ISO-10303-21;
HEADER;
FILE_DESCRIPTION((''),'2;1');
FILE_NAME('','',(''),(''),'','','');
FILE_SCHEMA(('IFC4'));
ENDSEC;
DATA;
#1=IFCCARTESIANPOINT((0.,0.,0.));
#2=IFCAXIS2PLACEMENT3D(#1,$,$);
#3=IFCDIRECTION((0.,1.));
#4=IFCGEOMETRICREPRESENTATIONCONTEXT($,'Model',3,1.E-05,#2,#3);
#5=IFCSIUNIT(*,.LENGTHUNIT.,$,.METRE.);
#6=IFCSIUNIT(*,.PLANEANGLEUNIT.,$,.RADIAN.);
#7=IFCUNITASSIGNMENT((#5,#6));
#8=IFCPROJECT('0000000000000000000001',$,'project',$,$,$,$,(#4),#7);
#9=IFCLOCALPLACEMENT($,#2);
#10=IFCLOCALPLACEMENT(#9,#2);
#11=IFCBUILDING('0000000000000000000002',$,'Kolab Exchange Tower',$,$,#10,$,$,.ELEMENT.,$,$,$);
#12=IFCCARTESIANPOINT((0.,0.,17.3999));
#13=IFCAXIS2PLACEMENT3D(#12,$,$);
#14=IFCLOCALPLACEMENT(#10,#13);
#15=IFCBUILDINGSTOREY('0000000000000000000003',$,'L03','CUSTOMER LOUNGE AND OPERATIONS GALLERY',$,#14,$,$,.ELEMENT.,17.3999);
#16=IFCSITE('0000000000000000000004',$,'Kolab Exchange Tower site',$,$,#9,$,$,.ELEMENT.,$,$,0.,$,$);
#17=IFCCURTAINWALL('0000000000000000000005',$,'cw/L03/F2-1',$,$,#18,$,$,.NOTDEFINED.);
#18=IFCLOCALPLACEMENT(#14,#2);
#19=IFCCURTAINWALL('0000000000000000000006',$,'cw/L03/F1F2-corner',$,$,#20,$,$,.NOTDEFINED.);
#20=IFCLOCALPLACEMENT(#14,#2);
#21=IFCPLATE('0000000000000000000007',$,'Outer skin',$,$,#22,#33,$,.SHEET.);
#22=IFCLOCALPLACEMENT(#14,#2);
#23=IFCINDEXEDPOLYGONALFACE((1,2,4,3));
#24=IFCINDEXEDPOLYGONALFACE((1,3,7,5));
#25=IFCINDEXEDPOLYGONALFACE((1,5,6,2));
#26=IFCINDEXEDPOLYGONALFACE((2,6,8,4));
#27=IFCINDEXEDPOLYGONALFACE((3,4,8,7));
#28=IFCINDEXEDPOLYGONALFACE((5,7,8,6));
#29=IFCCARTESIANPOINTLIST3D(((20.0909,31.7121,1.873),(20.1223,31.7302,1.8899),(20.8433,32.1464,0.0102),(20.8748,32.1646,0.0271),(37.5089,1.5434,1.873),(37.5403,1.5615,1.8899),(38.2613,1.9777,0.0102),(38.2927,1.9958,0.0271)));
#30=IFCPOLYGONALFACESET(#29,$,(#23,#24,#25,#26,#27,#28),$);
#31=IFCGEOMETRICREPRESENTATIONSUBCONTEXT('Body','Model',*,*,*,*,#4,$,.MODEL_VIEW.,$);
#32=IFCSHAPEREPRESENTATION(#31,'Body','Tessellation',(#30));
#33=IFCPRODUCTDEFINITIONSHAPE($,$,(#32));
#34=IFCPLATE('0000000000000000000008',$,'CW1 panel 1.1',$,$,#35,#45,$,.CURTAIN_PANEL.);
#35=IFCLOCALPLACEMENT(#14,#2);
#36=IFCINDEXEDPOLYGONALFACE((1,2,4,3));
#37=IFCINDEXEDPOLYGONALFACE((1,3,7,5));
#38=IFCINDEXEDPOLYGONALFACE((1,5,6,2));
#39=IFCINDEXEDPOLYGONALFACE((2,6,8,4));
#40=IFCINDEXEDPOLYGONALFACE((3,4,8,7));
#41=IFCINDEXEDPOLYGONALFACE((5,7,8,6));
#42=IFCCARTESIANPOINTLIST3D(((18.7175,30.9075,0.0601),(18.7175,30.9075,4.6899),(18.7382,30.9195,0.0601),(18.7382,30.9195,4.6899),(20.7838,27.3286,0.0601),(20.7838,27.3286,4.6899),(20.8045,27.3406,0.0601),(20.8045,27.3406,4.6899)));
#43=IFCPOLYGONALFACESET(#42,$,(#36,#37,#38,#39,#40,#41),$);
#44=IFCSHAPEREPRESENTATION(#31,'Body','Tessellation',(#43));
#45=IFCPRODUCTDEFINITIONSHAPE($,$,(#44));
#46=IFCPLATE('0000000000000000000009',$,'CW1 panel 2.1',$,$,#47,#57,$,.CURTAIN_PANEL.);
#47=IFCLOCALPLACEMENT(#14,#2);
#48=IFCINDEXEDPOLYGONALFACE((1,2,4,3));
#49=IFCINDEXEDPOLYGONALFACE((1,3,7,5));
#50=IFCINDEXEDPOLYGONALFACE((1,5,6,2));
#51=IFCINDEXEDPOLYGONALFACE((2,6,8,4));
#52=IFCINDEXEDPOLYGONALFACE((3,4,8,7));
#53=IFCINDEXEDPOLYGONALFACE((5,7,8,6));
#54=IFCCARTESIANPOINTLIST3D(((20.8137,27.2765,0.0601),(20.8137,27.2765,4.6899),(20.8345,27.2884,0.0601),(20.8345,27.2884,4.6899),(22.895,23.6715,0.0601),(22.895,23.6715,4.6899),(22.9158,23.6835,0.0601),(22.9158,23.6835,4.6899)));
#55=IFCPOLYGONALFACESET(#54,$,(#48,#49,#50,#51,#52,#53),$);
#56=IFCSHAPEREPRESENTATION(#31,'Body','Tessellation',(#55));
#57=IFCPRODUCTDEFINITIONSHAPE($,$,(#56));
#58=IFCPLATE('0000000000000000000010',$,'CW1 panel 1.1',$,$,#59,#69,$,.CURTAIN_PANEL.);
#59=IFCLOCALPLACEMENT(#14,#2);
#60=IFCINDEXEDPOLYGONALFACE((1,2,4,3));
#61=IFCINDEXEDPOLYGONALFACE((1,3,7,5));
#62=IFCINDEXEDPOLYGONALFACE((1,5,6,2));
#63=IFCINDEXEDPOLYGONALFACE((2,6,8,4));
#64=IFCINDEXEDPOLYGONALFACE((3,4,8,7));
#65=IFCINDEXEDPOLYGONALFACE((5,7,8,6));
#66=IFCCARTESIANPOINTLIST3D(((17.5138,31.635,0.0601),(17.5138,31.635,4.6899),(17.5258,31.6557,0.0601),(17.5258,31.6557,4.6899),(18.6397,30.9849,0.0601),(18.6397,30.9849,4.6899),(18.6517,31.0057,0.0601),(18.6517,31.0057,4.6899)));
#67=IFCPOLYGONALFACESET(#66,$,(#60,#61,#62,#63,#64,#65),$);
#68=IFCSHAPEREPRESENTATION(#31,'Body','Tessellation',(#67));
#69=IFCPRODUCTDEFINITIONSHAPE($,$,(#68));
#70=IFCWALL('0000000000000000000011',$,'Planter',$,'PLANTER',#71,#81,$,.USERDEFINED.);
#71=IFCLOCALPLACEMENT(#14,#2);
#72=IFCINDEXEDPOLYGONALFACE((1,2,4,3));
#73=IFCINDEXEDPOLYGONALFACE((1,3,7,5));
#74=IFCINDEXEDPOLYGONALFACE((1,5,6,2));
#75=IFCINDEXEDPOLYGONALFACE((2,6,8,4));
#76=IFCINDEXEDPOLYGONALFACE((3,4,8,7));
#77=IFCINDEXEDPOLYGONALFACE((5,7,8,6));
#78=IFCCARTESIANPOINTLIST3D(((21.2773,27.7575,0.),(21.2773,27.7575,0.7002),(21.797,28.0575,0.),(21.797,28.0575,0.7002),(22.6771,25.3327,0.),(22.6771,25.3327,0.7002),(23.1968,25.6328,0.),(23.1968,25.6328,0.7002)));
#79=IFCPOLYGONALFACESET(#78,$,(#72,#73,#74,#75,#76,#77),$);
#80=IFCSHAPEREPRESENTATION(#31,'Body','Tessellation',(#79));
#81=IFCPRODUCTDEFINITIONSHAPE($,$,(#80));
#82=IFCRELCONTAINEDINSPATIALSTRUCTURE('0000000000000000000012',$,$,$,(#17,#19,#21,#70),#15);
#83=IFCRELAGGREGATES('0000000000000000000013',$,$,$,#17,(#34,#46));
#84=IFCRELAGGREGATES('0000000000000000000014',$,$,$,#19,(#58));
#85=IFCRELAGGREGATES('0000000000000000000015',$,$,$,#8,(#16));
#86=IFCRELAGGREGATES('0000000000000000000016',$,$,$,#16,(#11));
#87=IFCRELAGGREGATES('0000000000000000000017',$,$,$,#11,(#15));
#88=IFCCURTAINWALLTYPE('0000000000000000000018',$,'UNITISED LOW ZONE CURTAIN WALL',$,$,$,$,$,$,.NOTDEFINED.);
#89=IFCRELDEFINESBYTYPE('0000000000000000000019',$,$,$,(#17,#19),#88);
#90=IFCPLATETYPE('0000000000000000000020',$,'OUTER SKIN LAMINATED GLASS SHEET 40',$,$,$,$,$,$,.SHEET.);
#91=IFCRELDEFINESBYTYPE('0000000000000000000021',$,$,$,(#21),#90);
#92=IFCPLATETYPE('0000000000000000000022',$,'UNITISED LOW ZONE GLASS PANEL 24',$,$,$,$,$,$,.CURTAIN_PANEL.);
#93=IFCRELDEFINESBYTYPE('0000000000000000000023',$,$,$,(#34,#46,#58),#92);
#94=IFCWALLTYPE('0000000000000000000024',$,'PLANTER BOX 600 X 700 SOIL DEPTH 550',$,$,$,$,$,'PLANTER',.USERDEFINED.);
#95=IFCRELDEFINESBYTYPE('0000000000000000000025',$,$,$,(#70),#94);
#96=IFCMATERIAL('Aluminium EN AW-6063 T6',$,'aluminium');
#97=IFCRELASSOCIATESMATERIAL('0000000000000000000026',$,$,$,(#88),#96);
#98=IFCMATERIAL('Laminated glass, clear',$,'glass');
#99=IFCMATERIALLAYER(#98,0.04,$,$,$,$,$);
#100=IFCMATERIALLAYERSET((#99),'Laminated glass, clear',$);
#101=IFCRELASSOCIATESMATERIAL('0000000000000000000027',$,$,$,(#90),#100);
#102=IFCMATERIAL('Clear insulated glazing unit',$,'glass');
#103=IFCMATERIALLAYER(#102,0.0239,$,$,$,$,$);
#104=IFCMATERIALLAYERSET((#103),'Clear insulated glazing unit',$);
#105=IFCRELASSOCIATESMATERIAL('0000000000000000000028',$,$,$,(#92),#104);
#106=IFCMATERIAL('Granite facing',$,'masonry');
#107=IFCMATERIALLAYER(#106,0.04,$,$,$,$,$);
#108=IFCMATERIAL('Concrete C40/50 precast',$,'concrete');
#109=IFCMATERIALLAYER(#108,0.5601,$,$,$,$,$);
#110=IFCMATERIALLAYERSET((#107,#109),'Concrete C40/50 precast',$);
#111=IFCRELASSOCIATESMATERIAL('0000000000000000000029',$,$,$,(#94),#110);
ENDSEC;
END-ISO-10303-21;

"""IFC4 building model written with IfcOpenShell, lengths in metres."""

from ifc_helpers import new_model, si_unit, direction, frame, frame_2d, origin, origin_2d, place, context, subcontext, project, spatial, polyline, rectangle, outline, extrude, material, layer, layer_set, type_object, element, aggregate, save


model = new_model("IFC4")

# Units and contexts
model_context = context("Model", 3, precision=1e-05, world=origin(), true_north=direction((0.0, 1.0)))
body_context = subcontext(model_context, "Body", "Model", "MODEL_VIEW")
ifc_project = project(units=[si_unit("LENGTHUNIT", "METRE"), si_unit("PLANEANGLEUNIT", "RADIAN")], contexts=[model_context])

# Site, building, storey
site_placement = place(None, origin())
site = spatial("IfcSite", under=ifc_project, at=site_placement, Name="Kolab Exchange Tower site", CompositionType="ELEMENT", RefElevation=0.0)
building_placement = place(site_placement, origin())
building = spatial("IfcBuilding", under=site, at=building_placement, Name="Kolab Exchange Tower", CompositionType="ELEMENT")
storey_placement = place(building_placement, frame((0.0, 0.0, 17.3999)))
storey = spatial("IfcBuildingStorey", under=building, at=storey_placement, Name="L03", Description="CUSTOMER LOUNGE AND OPERATIONS GALLERY", CompositionType="ELEMENT", Elevation=17.3999)

# Shared definitions
ifc_material_1 = material(Name="Aluminium EN AW-6063 T6", Category="aluminium")
curtain_wall_type = type_object("IfcCurtainWallType", Name="UNITISED LOW ZONE CURTAIN WALL", PredefinedType="NOTDEFINED", material=ifc_material_1)

# Curtain walls
curtain_wall_1_placement = place(storey_placement, origin())
curtain_wall_1 = element("IfcCurtainWall", 1, at=curtain_wall_1_placement, inside=storey, type_object=curtain_wall_type, Name="cw/L03/F2-1", PredefinedType="NOTDEFINED")
curtain_wall_2_placement = place(storey_placement, origin())
curtain_wall_2 = element("IfcCurtainWall", 2, at=curtain_wall_2_placement, inside=storey, type_object=curtain_wall_type, Name="cw/L03/F1F2-corner", PredefinedType="NOTDEFINED")

# Plates
ifc_material_2 = material(Name="Laminated glass, clear", Category="glass")
ifc_layer_1 = layer(ifc_material_2, 0.04)
ifc_layer_set_1 = layer_set([ifc_layer_1], Name="Laminated glass, clear")
plate_type_1 = type_object("IfcPlateType", Name="OUTER SKIN LAMINATED GLASS SHEET 40", PredefinedType="SHEET", material=ifc_layer_set_1)
plate_1_placement = place(storey_placement, frame((20.8748, 32.1646, 0.0271), z_axis=(0.784859, 0.45314, 0.422683), x_axis=(0.500001, -0.866025, 0.0)))
element("IfcPlate", 3, at=plate_1_placement, inside=storey, type_object=plate_type_1, Name="Outer skin", PredefinedType="SHEET", context=body_context, shape_type="SweptSolid", body=[
    extrude(outline(polyline([(0.0, 0.0), (34.8358, 0.0), (34.8358, -2.0554), (-0.0001, -2.0554), (0.0, 0.0)])), origin(), (0.0, 0.0, -1.0), 0.04),
])
ifc_material_3 = material(Name="Clear insulated glazing unit", Category="glass")
ifc_layer_2 = layer(ifc_material_3, 0.0239)
ifc_layer_set_2 = layer_set([ifc_layer_2], Name="Clear insulated glazing unit")
plate_type_2 = type_object("IfcPlateType", Name="UNITISED LOW ZONE GLASS PANEL 24", PredefinedType="CURTAIN_PANEL", material=ifc_layer_set_2)
plate_2_placement = place(storey_placement, frame((19.761, 29.124, 0.0601), z_axis=(0.0, 0.0, 1.0), x_axis=(0.5, -0.866025, 0.0)))
plate_2 = element("IfcPlate", 4, at=plate_2_placement, type_object=plate_type_2, Name="CW1 panel 1.1", PredefinedType="CURTAIN_PANEL", context=body_context, shape_type="SweptSolid", body=[
    extrude(rectangle(XDim=4.1326, YDim=0.0239, at=origin_2d()), origin(), (0.0, 0.0, 1.0), 4.6299),
])
plate_3_placement = place(storey_placement, frame((21.8647, 25.48, 0.0601), z_axis=(0.0, 0.0, 1.0), x_axis=(0.5, -0.866025, 0.0)))
plate_3 = element("IfcPlate", 5, at=plate_3_placement, type_object=plate_type_2, Name="CW1 panel 2.1", PredefinedType="CURTAIN_PANEL", context=body_context, shape_type="SweptSolid", body=[
    extrude(rectangle(XDim=4.1626, YDim=0.0239, at=origin_2d()), origin(), (0.0, 0.0, 1.0), 4.6299),
])
aggregate(curtain_wall_1, [plate_2, plate_3])
plate_4_placement = place(storey_placement, frame((18.0828, 31.3203, 0.0601), z_axis=(0.0, 0.0, 1.0), x_axis=(0.866025, -0.5, 0.0)))
plate_4 = element("IfcPlate", 6, at=plate_4_placement, type_object=plate_type_2, Name="CW1 panel 1.1", PredefinedType="CURTAIN_PANEL", context=body_context, shape_type="SweptSolid", body=[
    extrude(rectangle(XDim=1.3, YDim=0.0239, at=origin_2d()), origin(), (0.0, 0.0, 1.0), 4.6299),
])
aggregate(curtain_wall_2, [plate_4])

# Wall
ifc_material_4 = material(Name="Granite facing", Category="masonry")
ifc_layer_3 = layer(ifc_material_4, 0.04)
ifc_material_5 = material(Name="Concrete C40/50 precast", Category="concrete")
ifc_layer_4 = layer(ifc_material_5, 0.5601)
ifc_layer_set_3 = layer_set([ifc_layer_3, ifc_layer_4], Name="Concrete C40/50 precast")
wall_type = type_object("IfcWallType", Name="PLANTER BOX 600 X 700 SOIL DEPTH 550", ElementType="PLANTER", PredefinedType="USERDEFINED", material=ifc_layer_set_3)
wall_placement = place(storey_placement, frame((21.5371, 27.9075, 0.0), z_axis=(0.0, 0.0, 1.0), x_axis=(0.499984, -0.866035, 0.0)))
element("IfcWall", 7, at=wall_placement, inside=storey, type_object=wall_type, Name="Planter", ObjectType="PLANTER", PredefinedType="USERDEFINED", context=body_context, shape_type="SweptSolid", body=[
    extrude(rectangle(XDim=2.7998, YDim=0.6001, at=frame_2d((1.3999, 0.0))), origin(), (0.0, 0.0, 1.0), 0.7002),
])

save(model, "model.ifc")
